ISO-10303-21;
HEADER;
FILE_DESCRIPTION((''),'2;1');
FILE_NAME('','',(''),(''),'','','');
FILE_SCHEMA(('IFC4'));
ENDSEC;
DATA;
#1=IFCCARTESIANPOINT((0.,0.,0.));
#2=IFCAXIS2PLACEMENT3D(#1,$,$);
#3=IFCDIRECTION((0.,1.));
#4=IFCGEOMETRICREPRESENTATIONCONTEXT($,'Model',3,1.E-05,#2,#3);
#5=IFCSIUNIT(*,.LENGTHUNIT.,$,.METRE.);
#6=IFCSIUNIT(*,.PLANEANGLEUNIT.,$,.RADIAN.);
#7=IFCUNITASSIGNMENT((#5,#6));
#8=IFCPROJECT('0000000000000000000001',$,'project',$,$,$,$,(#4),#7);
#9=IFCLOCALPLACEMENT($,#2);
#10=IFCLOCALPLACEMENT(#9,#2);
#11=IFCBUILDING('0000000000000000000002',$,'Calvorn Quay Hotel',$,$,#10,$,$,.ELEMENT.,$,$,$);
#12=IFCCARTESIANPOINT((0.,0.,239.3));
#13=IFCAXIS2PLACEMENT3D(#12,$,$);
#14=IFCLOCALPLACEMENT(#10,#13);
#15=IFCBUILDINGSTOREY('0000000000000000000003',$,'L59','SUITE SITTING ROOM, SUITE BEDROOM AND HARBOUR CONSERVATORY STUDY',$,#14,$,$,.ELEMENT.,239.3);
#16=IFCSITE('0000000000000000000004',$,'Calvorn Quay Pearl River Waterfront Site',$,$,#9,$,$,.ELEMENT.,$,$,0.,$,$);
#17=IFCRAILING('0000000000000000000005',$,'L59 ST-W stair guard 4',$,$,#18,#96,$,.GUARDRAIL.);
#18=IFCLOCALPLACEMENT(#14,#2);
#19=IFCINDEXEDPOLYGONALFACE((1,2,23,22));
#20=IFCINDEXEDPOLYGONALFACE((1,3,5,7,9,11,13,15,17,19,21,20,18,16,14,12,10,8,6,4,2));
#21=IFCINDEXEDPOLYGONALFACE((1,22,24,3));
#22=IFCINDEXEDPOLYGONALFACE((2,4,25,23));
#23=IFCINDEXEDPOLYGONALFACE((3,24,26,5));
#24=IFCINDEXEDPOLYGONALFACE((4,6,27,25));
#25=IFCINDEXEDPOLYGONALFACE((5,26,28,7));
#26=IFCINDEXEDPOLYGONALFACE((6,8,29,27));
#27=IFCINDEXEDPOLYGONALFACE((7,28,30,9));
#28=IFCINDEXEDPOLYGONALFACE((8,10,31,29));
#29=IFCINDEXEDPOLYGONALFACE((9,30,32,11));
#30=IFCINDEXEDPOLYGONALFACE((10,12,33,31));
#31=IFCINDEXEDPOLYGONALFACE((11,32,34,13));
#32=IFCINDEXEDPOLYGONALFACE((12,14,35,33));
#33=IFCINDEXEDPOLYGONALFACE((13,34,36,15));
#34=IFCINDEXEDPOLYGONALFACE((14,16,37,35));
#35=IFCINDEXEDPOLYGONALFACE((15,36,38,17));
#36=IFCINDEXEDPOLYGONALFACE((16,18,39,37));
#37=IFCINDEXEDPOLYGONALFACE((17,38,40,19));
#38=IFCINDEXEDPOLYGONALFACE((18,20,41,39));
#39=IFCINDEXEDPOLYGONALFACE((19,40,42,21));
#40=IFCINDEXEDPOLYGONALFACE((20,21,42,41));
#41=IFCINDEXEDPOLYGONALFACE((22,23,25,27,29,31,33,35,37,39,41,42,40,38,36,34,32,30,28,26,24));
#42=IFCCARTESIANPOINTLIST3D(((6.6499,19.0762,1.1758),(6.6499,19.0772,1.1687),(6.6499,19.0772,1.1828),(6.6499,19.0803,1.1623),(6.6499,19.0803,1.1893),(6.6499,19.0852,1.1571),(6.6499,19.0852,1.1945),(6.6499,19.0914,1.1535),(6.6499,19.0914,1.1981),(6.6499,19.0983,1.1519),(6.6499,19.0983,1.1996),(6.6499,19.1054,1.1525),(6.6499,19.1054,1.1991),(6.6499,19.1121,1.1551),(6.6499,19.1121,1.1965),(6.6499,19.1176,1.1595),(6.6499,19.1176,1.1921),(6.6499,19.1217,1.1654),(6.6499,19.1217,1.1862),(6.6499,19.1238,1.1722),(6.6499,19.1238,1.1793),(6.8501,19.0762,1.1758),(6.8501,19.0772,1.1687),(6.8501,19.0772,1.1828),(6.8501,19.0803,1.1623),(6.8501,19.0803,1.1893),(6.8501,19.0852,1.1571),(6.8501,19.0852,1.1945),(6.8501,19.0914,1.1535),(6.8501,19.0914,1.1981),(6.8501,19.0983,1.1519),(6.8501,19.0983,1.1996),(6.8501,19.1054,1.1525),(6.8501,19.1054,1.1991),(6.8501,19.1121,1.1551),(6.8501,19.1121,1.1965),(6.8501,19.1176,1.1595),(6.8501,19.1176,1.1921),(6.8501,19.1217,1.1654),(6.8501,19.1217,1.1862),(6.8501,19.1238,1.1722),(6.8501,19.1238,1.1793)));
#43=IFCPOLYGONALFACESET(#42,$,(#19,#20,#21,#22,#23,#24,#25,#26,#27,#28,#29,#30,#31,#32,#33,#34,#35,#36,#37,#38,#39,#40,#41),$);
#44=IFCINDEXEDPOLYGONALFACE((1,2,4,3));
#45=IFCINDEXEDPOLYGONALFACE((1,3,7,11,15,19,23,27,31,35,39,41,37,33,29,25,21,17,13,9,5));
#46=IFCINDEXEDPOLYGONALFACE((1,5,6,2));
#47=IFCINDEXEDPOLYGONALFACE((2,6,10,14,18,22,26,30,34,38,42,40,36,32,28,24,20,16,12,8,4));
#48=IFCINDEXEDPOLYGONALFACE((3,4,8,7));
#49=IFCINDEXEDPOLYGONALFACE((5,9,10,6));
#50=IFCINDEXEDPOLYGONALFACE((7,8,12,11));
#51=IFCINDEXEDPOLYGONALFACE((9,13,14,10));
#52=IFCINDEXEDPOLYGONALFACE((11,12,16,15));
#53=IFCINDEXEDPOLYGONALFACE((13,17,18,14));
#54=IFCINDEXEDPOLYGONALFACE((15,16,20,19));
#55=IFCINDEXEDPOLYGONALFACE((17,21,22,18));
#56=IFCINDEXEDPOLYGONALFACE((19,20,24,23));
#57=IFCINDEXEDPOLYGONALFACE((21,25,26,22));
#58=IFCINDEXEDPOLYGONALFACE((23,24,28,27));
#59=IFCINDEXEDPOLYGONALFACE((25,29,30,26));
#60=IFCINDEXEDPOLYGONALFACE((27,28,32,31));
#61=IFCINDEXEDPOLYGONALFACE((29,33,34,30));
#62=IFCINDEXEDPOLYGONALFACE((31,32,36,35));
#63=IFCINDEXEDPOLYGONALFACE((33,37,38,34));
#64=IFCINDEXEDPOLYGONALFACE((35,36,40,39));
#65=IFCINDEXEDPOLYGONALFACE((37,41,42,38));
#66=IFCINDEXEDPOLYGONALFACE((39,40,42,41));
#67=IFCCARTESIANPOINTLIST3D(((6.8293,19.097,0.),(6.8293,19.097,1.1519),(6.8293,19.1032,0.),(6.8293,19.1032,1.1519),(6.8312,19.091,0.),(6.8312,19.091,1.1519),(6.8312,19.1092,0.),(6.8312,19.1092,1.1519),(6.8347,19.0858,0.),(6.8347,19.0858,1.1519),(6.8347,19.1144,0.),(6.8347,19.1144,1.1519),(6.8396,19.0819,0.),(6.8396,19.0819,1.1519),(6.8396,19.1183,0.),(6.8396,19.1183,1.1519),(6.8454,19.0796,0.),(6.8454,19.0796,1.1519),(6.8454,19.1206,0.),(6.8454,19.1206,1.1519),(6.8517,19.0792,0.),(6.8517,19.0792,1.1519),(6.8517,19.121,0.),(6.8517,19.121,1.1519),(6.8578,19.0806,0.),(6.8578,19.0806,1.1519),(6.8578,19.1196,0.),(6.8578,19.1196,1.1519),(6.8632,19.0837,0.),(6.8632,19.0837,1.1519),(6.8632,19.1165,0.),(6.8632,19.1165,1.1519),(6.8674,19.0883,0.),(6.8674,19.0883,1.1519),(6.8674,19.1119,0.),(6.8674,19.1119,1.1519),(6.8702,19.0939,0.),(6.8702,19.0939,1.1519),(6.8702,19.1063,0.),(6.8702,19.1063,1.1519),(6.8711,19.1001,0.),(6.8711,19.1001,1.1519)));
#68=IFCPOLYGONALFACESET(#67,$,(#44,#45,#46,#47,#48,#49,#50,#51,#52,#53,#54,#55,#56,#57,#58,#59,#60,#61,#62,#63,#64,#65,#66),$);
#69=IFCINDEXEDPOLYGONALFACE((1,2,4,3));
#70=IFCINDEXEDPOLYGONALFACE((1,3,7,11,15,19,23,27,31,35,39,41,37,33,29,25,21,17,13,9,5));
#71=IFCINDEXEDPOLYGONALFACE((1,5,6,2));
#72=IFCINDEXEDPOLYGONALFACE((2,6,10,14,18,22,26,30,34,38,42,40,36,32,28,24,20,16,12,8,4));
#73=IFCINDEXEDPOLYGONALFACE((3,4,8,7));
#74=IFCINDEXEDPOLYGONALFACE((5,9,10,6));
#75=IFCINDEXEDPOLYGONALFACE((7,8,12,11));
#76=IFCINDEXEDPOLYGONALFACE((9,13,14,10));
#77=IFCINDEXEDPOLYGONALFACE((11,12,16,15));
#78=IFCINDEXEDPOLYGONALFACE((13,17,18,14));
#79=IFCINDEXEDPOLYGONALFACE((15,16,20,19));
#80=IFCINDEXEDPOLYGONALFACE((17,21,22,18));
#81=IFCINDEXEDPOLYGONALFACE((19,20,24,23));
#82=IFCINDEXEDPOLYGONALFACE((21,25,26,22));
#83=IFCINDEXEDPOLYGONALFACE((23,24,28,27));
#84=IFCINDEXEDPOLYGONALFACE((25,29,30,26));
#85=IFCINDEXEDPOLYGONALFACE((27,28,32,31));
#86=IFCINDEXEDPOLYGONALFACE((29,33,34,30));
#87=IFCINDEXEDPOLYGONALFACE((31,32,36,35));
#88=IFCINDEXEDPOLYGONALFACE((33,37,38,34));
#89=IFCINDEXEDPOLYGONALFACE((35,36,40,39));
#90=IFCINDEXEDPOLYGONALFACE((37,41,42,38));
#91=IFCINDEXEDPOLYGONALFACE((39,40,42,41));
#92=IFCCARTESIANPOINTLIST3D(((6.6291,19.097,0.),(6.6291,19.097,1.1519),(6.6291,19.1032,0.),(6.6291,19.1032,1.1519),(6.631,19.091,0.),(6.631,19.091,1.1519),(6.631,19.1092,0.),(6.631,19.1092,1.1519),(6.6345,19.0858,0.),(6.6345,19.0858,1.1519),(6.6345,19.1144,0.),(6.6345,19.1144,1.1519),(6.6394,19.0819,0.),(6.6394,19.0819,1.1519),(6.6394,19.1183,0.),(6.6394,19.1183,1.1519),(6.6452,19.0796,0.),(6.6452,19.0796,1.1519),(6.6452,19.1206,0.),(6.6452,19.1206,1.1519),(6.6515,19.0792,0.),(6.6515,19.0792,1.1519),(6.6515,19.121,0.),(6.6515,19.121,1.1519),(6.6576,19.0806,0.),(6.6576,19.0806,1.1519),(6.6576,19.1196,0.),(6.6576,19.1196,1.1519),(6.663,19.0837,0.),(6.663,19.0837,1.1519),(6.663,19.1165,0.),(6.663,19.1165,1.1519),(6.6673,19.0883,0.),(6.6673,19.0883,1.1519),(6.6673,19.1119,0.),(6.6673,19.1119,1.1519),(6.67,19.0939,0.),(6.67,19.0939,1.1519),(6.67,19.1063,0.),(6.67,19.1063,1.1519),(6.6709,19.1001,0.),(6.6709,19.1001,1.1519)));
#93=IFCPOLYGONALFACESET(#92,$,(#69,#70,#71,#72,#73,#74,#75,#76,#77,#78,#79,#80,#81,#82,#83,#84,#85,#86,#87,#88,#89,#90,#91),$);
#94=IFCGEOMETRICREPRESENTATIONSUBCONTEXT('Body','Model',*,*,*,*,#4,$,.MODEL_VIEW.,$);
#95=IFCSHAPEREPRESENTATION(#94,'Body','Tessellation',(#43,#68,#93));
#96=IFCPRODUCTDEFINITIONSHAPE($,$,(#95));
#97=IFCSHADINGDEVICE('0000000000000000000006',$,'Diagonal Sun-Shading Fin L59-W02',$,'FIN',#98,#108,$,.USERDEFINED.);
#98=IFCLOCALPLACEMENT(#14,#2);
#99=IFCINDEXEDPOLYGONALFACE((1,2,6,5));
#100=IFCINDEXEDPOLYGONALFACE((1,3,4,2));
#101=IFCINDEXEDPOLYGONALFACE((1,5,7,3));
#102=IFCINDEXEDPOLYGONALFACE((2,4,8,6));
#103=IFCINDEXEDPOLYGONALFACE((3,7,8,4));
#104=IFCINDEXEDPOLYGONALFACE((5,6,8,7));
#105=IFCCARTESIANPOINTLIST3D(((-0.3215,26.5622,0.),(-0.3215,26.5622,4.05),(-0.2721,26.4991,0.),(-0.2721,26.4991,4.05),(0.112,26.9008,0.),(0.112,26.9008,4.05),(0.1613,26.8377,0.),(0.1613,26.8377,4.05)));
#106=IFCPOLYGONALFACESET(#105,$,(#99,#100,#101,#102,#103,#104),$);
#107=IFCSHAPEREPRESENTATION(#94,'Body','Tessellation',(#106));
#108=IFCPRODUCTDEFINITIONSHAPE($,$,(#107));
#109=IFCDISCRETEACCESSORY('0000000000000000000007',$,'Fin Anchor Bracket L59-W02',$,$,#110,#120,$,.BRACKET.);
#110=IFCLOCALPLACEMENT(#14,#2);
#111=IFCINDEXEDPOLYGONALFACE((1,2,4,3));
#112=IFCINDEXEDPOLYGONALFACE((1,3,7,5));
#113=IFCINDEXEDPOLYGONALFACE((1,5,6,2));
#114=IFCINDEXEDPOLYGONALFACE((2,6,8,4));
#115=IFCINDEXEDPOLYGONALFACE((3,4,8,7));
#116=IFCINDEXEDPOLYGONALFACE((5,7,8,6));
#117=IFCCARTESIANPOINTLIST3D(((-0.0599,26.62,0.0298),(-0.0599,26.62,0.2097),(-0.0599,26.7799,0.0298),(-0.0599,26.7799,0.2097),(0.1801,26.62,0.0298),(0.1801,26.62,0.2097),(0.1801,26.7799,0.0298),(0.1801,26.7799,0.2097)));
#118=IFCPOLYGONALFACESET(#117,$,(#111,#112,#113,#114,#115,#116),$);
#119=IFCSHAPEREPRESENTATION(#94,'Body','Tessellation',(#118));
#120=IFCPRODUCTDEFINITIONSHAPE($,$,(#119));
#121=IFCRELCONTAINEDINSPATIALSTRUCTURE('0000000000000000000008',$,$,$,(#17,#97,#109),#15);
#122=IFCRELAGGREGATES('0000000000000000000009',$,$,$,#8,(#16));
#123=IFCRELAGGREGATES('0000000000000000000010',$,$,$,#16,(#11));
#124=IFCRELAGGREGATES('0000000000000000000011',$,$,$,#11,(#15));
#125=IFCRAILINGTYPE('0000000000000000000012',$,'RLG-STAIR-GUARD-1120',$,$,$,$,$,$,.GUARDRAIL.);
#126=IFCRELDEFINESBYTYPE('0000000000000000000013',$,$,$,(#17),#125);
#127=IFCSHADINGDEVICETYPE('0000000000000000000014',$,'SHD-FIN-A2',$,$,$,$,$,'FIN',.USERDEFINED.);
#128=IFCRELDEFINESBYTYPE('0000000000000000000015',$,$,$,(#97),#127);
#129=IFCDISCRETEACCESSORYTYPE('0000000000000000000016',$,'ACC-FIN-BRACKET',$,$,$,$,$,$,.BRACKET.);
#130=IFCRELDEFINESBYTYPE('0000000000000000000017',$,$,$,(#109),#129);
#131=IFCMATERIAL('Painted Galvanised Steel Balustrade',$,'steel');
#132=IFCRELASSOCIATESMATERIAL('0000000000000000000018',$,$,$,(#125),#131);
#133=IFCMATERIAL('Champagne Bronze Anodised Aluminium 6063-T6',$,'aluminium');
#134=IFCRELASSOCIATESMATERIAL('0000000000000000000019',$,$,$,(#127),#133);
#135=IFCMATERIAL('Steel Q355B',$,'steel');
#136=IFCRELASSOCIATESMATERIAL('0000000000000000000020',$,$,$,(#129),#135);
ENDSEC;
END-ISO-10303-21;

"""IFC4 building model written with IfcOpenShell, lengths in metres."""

from ifc_helpers import new_model, si_unit, direction, frame, origin, origin_2d, place, context, subcontext, project, spatial, rectangle, circle, extrude, material, type_object, element, save


model = new_model("IFC4")

# Units and contexts
model_context = context("Model", 3, precision=1e-05, world=origin(), true_north=direction((0.0, 1.0)))
body_context = subcontext(model_context, "Body", "Model", "MODEL_VIEW")
ifc_project = project(units=[si_unit("LENGTHUNIT", "METRE"), si_unit("PLANEANGLEUNIT", "RADIAN")], contexts=[model_context])

# Site, building, storey
site_placement = place(None, origin())
site = spatial("IfcSite", under=ifc_project, at=site_placement, Name="Calvorn Quay Pearl River Waterfront Site", CompositionType="ELEMENT", RefElevation=0.0)
building_placement = place(site_placement, origin())
building = spatial("IfcBuilding", under=site, at=building_placement, Name="Calvorn Quay Hotel", CompositionType="ELEMENT")
storey_placement = place(building_placement, frame((0.0, 0.0, 239.3)))
storey = spatial("IfcBuildingStorey", under=building, at=storey_placement, Name="L59", Description="SUITE SITTING ROOM, SUITE BEDROOM AND HARBOUR CONSERVATORY STUDY", CompositionType="ELEMENT", Elevation=239.3)

# Railing
ifc_material_1 = material(Name="Painted Galvanised Steel Balustrade", Category="steel")
railing_type_1 = type_object("IfcRailingType", Name="RLG-STAIR-GUARD-1120", PredefinedType="GUARDRAIL", material=ifc_material_1)
railing_1_placement = place(storey_placement, frame((6.8501, 19.1001, 0.0)))
element("IfcRailing", 1, at=railing_1_placement, inside=storey, type_object=railing_type_1, Name="L59 ST-W stair guard 4", PredefinedType="GUARDRAIL", context=body_context, shape_type="SweptSolid", body=[
    extrude(circle(Radius=0.0239, at=origin_2d()), frame((0.0, 0.0, 1.1758), z_axis=(-1.0, 0.0, 0.0), x_axis=(0.0, -1.0, 0.0)), (0.0, 0.0, 1.0), 0.2002),
    extrude(circle(Radius=0.021, at=origin_2d()), origin(), (0.0, 0.0, 1.0), 1.1519),
    extrude(circle(Radius=0.021, at=origin_2d()), frame((-0.2002, 0.0, 0.0)), (0.0, 0.0, 1.0), 1.1519),
])

# Shading device
ifc_material_2 = material(Name="Champagne Bronze Anodised Aluminium 6063-T6", Category="aluminium")
shading_device_type = type_object("IfcShadingDeviceType", Name="SHD-FIN-A2", ElementType="FIN", PredefinedType="USERDEFINED", material=ifc_material_2)
shading_device_placement = place(storey_placement, frame((-0.0801, 26.7, 0.0), z_axis=(0.0, 0.0, 1.0), x_axis=(0.788011, 0.615661, 0.0)))
element("IfcShadingDevice", 2, at=shading_device_placement, inside=storey, type_object=shading_device_type, Name="Diagonal Sun-Shading Fin L59-W02", ObjectType="FIN", PredefinedType="USERDEFINED", context=body_context, shape_type="SweptSolid", body=[
    extrude(rectangle(XDim=0.55, YDim=0.0801, at=origin_2d()), origin(), (0.0, 0.0, 1.0), 4.05),
])

# Discrete accessory
ifc_material_3 = material(Name="Steel Q355B", Category="steel")
discrete_accessory_type = type_object("IfcDiscreteAccessoryType", Name="ACC-FIN-BRACKET", PredefinedType="BRACKET", material=ifc_material_3)
discrete_accessory_placement = place(storey_placement, frame((0.0601, 26.7, 0.0298), z_axis=(0.0, 0.0, 1.0), x_axis=(1.0, 0.0, 0.0)))
element("IfcDiscreteAccessory", 3, at=discrete_accessory_placement, inside=storey, type_object=discrete_accessory_type, Name="Fin Anchor Bracket L59-W02", PredefinedType="BRACKET", context=body_context, shape_type="SweptSolid", body=[
    extrude(rectangle(XDim=0.24, YDim=0.1599, at=origin_2d()), origin(), (0.0, 0.0, 1.0), 0.1799),
])

save(model, "model.ifc")
